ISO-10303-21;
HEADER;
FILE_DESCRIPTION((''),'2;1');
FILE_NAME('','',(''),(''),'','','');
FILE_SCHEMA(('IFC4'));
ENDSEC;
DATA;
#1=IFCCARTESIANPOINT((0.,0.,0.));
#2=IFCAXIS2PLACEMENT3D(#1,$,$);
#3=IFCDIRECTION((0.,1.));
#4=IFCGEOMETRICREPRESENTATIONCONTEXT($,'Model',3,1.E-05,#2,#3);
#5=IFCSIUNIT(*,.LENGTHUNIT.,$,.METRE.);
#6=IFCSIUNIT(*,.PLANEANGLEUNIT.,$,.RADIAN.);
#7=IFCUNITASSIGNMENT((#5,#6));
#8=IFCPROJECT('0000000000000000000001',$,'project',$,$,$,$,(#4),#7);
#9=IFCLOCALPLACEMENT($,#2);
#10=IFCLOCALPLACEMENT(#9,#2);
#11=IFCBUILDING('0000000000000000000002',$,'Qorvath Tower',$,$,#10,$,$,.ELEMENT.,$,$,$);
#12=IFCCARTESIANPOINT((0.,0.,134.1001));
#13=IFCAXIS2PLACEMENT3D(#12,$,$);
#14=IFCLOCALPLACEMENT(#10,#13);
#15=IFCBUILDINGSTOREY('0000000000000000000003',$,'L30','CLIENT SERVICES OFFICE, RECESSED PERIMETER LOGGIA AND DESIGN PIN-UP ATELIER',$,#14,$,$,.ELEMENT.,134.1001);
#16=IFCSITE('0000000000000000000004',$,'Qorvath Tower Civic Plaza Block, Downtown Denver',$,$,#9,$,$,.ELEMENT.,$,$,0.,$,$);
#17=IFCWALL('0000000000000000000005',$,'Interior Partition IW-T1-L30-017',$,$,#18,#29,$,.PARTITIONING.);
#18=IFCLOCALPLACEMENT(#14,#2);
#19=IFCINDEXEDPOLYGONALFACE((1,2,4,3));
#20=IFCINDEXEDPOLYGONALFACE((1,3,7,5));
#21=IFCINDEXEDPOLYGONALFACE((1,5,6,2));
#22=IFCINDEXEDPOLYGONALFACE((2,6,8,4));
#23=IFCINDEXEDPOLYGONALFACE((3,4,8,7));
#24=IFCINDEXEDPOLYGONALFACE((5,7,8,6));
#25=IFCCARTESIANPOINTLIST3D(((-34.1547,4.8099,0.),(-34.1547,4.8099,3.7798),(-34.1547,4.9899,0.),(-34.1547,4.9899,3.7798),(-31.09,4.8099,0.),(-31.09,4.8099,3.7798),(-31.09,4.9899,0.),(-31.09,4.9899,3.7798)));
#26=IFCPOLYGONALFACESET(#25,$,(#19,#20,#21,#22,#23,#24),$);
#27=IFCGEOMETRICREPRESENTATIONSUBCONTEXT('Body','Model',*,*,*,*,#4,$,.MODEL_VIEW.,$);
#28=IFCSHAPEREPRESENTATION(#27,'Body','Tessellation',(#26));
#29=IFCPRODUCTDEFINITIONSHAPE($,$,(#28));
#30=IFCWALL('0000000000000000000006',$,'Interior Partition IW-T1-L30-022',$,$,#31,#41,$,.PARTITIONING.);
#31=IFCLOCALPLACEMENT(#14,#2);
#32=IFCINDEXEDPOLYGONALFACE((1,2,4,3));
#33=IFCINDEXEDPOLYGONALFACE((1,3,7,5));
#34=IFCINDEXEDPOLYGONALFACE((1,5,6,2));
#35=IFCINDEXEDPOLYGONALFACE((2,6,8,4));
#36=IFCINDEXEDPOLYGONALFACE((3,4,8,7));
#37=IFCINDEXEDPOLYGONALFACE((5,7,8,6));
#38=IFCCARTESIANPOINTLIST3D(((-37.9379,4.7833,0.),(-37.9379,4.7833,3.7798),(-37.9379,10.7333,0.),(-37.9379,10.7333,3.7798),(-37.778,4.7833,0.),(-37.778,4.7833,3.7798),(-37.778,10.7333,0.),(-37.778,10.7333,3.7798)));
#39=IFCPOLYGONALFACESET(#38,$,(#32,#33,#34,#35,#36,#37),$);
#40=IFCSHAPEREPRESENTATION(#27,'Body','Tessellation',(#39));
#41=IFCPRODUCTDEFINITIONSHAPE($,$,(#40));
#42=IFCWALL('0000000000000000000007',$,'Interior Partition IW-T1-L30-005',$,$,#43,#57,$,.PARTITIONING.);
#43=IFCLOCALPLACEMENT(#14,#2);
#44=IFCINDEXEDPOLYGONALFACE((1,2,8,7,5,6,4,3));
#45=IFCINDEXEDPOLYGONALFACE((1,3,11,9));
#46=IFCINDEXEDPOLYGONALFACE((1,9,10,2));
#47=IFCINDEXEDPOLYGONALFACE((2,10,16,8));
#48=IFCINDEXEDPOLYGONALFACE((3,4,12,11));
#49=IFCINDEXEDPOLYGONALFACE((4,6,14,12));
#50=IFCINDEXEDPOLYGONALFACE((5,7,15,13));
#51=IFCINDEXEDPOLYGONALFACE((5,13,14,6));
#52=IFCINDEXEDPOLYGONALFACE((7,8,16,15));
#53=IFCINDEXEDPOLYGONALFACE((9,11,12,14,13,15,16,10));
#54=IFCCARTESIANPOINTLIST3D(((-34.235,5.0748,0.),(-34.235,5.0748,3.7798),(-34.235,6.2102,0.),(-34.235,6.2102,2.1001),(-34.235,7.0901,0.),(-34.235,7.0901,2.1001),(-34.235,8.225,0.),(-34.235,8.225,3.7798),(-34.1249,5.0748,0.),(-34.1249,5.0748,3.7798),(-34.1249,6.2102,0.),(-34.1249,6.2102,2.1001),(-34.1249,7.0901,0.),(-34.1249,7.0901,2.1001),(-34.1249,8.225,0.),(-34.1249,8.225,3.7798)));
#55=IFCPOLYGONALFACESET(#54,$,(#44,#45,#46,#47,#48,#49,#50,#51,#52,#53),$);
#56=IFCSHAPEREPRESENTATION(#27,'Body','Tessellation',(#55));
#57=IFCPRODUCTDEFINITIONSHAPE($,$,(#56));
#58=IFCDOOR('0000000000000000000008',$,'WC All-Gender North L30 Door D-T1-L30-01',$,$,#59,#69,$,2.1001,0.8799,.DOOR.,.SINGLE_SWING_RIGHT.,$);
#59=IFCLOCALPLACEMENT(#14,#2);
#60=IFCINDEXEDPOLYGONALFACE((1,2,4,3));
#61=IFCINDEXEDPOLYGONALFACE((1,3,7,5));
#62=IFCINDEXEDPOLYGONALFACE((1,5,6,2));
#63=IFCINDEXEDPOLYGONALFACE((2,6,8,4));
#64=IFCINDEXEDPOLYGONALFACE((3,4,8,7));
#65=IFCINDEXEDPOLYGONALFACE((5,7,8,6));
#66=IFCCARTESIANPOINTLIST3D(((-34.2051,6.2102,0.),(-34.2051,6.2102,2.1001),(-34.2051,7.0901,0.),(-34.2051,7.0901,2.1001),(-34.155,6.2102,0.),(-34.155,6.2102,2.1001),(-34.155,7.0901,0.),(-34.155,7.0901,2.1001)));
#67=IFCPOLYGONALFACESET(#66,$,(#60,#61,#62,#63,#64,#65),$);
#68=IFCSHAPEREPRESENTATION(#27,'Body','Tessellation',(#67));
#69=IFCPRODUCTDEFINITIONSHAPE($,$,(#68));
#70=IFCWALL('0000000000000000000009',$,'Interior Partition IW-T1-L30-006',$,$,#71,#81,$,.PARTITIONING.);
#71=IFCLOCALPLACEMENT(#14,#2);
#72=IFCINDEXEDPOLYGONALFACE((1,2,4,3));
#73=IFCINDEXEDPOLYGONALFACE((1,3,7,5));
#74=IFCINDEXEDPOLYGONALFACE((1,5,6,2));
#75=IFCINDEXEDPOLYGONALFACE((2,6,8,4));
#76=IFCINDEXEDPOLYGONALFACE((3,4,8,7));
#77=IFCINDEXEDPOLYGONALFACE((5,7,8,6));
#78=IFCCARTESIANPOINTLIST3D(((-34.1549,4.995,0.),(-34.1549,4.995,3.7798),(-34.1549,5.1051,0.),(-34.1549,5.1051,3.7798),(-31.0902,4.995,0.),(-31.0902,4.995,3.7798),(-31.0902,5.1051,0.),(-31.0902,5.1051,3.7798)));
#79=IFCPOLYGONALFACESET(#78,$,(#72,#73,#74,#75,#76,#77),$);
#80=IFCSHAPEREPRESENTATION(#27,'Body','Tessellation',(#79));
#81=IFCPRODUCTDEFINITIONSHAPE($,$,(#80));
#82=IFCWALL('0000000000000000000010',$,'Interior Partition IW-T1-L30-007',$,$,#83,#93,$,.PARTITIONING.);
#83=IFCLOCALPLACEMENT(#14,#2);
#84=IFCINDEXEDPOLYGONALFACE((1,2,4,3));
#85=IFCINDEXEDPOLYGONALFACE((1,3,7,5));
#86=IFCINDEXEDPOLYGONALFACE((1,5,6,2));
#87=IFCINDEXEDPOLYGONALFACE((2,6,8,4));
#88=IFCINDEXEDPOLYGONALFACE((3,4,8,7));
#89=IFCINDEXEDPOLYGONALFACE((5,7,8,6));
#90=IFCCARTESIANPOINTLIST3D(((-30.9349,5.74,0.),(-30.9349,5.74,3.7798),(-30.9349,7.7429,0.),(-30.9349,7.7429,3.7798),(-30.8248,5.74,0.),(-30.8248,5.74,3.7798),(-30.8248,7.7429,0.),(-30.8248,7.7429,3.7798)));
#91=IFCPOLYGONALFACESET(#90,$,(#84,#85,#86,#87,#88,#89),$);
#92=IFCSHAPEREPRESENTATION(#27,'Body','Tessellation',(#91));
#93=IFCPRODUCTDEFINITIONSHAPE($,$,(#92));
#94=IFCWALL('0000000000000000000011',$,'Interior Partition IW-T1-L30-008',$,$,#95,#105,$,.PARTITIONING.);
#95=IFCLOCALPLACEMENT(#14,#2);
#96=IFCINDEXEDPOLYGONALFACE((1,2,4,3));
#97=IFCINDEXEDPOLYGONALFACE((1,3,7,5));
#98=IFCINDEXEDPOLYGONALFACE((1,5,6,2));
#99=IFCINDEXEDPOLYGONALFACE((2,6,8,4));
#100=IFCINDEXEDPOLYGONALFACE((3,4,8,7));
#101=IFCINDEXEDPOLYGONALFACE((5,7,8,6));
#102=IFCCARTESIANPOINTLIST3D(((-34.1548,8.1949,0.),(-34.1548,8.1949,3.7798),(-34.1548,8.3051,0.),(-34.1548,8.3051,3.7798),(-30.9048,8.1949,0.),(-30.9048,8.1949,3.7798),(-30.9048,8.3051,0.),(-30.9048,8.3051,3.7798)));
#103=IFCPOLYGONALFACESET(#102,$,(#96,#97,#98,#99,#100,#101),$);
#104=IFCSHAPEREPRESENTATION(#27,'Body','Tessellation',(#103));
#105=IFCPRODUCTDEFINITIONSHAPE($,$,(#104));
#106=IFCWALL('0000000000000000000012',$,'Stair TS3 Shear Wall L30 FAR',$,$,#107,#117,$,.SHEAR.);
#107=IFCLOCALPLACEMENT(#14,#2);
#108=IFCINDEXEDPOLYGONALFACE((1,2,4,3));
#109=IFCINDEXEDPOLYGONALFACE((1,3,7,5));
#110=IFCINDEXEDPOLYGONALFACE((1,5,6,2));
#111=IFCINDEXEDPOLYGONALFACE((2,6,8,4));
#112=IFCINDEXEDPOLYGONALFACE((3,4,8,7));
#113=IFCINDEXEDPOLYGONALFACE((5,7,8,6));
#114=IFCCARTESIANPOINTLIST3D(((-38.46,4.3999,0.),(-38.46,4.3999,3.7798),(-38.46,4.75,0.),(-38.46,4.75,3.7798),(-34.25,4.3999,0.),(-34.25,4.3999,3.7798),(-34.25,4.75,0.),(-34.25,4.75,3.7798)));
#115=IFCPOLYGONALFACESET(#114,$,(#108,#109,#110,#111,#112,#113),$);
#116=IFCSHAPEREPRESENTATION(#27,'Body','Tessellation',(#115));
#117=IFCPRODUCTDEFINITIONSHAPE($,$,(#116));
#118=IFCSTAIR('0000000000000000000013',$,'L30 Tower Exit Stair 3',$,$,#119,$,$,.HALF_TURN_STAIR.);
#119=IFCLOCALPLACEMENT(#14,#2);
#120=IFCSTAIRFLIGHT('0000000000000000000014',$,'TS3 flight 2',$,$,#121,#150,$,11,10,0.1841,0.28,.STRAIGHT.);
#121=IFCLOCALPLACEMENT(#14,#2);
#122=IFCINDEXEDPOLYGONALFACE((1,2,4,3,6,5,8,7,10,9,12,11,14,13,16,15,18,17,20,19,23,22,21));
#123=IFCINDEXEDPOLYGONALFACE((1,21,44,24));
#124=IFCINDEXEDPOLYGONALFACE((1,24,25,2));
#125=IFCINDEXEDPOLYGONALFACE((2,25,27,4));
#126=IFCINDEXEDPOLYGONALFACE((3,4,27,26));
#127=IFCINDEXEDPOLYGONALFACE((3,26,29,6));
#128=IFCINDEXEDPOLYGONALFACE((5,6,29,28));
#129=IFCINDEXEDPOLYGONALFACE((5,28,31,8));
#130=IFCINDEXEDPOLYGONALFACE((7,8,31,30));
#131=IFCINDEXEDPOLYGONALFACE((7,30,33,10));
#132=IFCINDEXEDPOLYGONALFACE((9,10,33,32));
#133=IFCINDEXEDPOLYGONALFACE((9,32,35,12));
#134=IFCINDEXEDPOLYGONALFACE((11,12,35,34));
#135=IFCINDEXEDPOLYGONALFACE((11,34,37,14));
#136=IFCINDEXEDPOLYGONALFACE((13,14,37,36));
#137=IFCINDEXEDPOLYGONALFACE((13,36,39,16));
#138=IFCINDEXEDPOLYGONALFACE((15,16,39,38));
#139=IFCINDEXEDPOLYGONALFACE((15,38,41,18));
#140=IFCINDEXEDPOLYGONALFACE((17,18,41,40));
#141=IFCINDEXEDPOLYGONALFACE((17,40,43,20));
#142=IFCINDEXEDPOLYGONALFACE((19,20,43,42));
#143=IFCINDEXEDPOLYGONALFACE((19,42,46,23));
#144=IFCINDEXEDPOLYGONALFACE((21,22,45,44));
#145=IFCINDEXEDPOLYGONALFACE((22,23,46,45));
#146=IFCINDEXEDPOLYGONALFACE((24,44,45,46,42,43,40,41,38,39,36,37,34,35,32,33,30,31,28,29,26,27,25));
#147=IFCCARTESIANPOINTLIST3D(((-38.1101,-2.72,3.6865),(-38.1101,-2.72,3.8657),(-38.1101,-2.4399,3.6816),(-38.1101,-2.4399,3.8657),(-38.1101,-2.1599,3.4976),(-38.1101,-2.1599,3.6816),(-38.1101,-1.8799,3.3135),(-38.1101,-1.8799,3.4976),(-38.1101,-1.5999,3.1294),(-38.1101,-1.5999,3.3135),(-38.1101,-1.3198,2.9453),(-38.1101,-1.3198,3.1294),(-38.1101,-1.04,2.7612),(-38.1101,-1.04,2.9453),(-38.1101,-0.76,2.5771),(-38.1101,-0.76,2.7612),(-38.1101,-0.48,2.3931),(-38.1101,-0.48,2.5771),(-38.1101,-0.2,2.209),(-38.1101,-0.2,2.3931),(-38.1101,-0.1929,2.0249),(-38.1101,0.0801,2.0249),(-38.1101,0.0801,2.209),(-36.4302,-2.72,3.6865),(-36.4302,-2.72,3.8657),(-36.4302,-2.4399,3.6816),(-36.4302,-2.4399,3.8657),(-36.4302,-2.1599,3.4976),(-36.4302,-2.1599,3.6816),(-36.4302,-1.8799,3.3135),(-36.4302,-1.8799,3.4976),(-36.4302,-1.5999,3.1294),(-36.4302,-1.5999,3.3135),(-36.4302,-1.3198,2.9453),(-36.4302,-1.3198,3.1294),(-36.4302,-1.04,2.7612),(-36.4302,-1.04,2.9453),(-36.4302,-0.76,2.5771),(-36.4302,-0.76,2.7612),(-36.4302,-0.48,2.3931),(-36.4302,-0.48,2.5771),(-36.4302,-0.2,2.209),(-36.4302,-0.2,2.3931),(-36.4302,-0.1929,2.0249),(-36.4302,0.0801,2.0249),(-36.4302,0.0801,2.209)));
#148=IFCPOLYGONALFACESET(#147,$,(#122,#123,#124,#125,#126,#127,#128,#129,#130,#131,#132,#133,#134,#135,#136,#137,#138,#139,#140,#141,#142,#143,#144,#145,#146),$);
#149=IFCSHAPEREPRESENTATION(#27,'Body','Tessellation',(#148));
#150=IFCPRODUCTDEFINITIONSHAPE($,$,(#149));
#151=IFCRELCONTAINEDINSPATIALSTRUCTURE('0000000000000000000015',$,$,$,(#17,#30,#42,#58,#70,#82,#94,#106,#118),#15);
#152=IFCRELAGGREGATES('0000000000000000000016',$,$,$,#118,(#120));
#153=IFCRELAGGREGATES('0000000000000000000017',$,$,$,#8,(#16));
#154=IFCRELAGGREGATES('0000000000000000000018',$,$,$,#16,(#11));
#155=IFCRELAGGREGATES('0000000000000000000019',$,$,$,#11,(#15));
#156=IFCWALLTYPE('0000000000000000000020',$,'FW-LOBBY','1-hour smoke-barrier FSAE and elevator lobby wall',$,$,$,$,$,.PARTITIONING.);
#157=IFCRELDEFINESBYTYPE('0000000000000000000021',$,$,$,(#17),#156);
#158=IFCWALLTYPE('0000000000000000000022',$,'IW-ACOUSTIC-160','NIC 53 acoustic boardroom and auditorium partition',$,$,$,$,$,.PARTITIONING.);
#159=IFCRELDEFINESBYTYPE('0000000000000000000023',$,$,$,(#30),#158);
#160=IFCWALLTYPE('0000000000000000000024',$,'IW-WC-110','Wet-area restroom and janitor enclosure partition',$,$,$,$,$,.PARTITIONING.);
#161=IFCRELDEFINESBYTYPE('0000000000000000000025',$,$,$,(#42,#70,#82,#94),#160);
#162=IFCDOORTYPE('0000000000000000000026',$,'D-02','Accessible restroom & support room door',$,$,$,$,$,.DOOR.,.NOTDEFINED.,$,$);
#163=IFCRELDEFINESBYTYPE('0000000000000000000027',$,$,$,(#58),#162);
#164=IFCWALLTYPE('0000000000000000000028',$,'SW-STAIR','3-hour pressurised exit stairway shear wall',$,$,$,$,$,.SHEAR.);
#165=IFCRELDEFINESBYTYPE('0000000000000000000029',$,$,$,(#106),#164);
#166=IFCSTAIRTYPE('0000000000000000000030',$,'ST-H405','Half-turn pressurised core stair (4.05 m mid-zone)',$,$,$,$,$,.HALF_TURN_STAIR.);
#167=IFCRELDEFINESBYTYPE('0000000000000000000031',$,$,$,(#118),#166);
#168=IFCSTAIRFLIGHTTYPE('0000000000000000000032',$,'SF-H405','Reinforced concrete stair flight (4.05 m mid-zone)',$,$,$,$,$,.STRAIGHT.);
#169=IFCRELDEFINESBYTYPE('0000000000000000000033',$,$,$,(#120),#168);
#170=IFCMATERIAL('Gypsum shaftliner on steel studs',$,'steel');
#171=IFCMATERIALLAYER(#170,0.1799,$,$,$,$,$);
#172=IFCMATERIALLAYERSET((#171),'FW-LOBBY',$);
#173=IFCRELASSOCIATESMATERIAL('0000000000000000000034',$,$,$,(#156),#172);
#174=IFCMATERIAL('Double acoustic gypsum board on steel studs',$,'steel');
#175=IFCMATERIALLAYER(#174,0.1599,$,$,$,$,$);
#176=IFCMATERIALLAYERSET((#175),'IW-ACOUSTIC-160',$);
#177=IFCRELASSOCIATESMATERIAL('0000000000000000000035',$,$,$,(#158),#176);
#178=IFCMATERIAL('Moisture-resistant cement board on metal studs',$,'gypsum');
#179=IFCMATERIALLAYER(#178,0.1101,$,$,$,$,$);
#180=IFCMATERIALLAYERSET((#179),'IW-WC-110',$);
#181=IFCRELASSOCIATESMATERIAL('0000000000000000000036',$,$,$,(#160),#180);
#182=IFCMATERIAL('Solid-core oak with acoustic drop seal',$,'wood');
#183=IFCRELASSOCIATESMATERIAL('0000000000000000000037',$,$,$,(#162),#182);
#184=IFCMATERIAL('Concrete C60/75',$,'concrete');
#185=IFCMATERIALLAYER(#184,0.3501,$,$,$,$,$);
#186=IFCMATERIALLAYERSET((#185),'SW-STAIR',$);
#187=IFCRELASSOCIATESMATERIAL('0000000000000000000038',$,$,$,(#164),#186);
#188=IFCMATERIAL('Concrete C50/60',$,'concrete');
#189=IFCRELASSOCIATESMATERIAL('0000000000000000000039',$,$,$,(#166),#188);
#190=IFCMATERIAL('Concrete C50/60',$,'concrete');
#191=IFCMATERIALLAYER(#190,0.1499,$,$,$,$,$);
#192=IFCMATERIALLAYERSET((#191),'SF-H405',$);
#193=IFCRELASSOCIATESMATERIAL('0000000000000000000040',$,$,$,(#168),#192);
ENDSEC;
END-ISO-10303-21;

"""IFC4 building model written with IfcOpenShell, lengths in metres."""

from ifc_helpers import new_model, si_unit, direction, frame, frame_2d, origin, place, context, subcontext, project, spatial, polyline, rectangle, outline, extrude, material, layer, layer_set, type_object, element, fill, aggregate, save


model = new_model("IFC4")

# Units and contexts
model_context = context("Model", 3, precision=1e-05, world=origin(), true_north=direction((0.0, 1.0)))
body_context = subcontext(model_context, "Body", "Model", "MODEL_VIEW")
ifc_project = project(units=[si_unit("LENGTHUNIT", "METRE"), si_unit("PLANEANGLEUNIT", "RADIAN")], contexts=[model_context])

# Site, building, storey
site_placement = place(None, origin())
site = spatial("IfcSite", under=ifc_project, at=site_placement, Name="Qorvath Tower Civic Plaza Block, Downtown Denver", CompositionType="ELEMENT", RefElevation=0.0)
building_placement = place(site_placement, origin())
building = spatial("IfcBuilding", under=site, at=building_placement, Name="Qorvath Tower", CompositionType="ELEMENT")
storey_placement = place(building_placement, frame((0.0, 0.0, 134.1001)))
storey = spatial("IfcBuildingStorey", under=building, at=storey_placement, Name="L30", Description="CLIENT SERVICES OFFICE, RECESSED PERIMETER LOGGIA AND DESIGN PIN-UP ATELIER", CompositionType="ELEMENT", Elevation=134.1001)

# Shared definitions
ifc_material_1 = material(Name="Gypsum shaftliner on steel studs", Category="steel")
ifc_layer_1 = layer(ifc_material_1, 0.1799)
ifc_layer_set_1 = layer_set([ifc_layer_1], Name="FW-LOBBY")
wall_type_1 = type_object("IfcWallType", Name="FW-LOBBY", Description="1-hour smoke-barrier FSAE and elevator lobby wall", PredefinedType="PARTITIONING", material=ifc_layer_set_1)

# Walls
wall_1_placement = place(storey_placement, frame((-31.0901, 4.8999, 0.0), z_axis=(0.0, 0.0, 1.0), x_axis=(-1.0, 0.0, 0.0)))
element("IfcWall", 1, at=wall_1_placement, inside=storey, type_object=wall_type_1, Name="Interior Partition IW-T1-L30-017", PredefinedType="PARTITIONING", context=body_context, shape_type="SweptSolid", body=[
    extrude(rectangle(XDim=3.0647, YDim=0.1799, at=frame_2d((1.5322, 0.0))), origin(), (0.0, 0.0, 1.0), 3.7798),
])
ifc_material_2 = material(Name="Double acoustic gypsum board on steel studs", Category="steel")
ifc_layer_2 = layer(ifc_material_2, 0.1599)
ifc_layer_set_2 = layer_set([ifc_layer_2], Name="IW-ACOUSTIC-160")
wall_type_2 = type_object("IfcWallType", Name="IW-ACOUSTIC-160", Description="NIC 53 acoustic boardroom and auditorium partition", PredefinedType="PARTITIONING", material=ifc_layer_set_2)
wall_2_placement = place(storey_placement, frame((-37.8579, 4.7832, 0.0), z_axis=(0.0, 0.0, 1.0), x_axis=(0.0, 1.0, 0.0)))
element("IfcWall", 2, at=wall_2_placement, inside=storey, type_object=wall_type_2, Name="Interior Partition IW-T1-L30-022", PredefinedType="PARTITIONING", context=body_context, shape_type="SweptSolid", body=[
    extrude(rectangle(XDim=5.95, YDim=0.1599, at=frame_2d((2.9751, 0.0))), origin(), (0.0, 0.0, 1.0), 3.7798),
])

# Wall, opening, door
ifc_material_3 = material(Name="Moisture-resistant cement board on metal studs", Category="gypsum")
ifc_layer_3 = layer(ifc_material_3, 0.1101)
ifc_layer_set_3 = layer_set([ifc_layer_3], Name="IW-WC-110")
wall_type_3 = type_object("IfcWallType", Name="IW-WC-110", Description="Wet-area restroom and janitor enclosure partition", PredefinedType="PARTITIONING", material=ifc_layer_set_3)
wall_3_placement = place(storey_placement, frame((-34.1799, 8.2251, 0.0), z_axis=(0.0, 0.0, 1.0), x_axis=(0.0, -1.0, 0.0)))
wall_3 = element("IfcWall", 3, at=wall_3_placement, inside=storey, type_object=wall_type_3, Name="Interior Partition IW-T1-L30-005", PredefinedType="PARTITIONING", context=body_context, shape_type="SweptSolid", body=[
    extrude(rectangle(XDim=3.1501, YDim=0.1101, at=frame_2d((1.5752, 0.0))), origin(), (0.0, 0.0, 1.0), 3.7798),
])
opening_1_placement = place(wall_3_placement, frame((1.135, 0.0, 0.0)))
opening_1 = element("IfcOpeningElement", 4, at=opening_1_placement, cuts=wall_3, PredefinedType="OPENING", context=body_context, shape_type="SweptSolid", body=[
    extrude(rectangle(XDim=0.8799, YDim=2.1001, at=frame_2d((0.4399, 1.05))), frame((0.0, 0.0649, 0.0), z_axis=(0.0, -1.0, 0.0), x_axis=(1.0, 0.0, 0.0)), (0.0, 0.0, 1.0), 0.1301),
])
ifc_material_4 = material(Name="Solid-core oak with acoustic drop seal", Category="wood")
door_type_1 = type_object("IfcDoorType", Name="D-02", Description="Accessible restroom & support room door", OperationType="NOTDEFINED", PredefinedType="DOOR", material=ifc_material_4)
door_1_placement = place(opening_1_placement, origin())
door_1 = element("IfcDoor", 5, at=door_1_placement, inside=storey, type_object=door_type_1, Name="WC All-Gender North L30 Door D-T1-L30-01", OperationType="SINGLE_SWING_RIGHT", OverallHeight=2.1001, OverallWidth=0.8799, PredefinedType="DOOR", context=body_context, shape_type="SweptSolid", body=[
    extrude(rectangle(XDim=0.8799, YDim=2.1001, at=frame_2d((0.4399, 1.05))), frame((0.0, 0.0249, 0.0), z_axis=(0.0, -1.0, 0.0), x_axis=(1.0, 0.0, 0.0)), (0.0, 0.0, 1.0), 0.05),
])
fill(opening_1, door_1)

# Walls
wall_4_placement = place(storey_placement, frame((-34.1548, 5.05, 0.0), z_axis=(0.0, 0.0, 1.0), x_axis=(1.0, 0.0, 0.0)))
element("IfcWall", 6, at=wall_4_placement, inside=storey, type_object=wall_type_3, Name="Interior Partition IW-T1-L30-006", PredefinedType="PARTITIONING", context=body_context, shape_type="SweptSolid", body=[
    extrude(rectangle(XDim=3.0647, YDim=0.1101, at=frame_2d((1.5322, 0.0))), origin(), (0.0, 0.0, 1.0), 3.7798),
])
wall_5_placement = place(storey_placement, frame((-30.8799, 5.74, 0.0), z_axis=(0.0, 0.0, 1.0), x_axis=(0.0, 1.0, 0.0)))
element("IfcWall", 7, at=wall_5_placement, inside=storey, type_object=wall_type_3, Name="Interior Partition IW-T1-L30-007", PredefinedType="PARTITIONING", context=body_context, shape_type="SweptSolid", body=[
    extrude(rectangle(XDim=2.0029, YDim=0.1101, at=frame_2d((1.0015, 0.0))), origin(), (0.0, 0.0, 1.0), 3.7798),
])
wall_6_placement = place(storey_placement, frame((-30.9048, 8.25, 0.0), z_axis=(0.0, 0.0, 1.0), x_axis=(-1.0, 0.0, 0.0)))
element("IfcWall", 8, at=wall_6_placement, inside=storey, type_object=wall_type_3, Name="Interior Partition IW-T1-L30-008", PredefinedType="PARTITIONING", context=body_context, shape_type="SweptSolid", body=[
    extrude(rectangle(XDim=3.25, YDim=0.1101, at=frame_2d((1.625, 0.0))), origin(), (0.0, 0.0, 1.0), 3.7798),
])
ifc_material_5 = material(Name="Concrete C60/75", Category="concrete")
ifc_layer_4 = layer(ifc_material_5, 0.3501)
ifc_layer_set_4 = layer_set([ifc_layer_4], Name="SW-STAIR")
wall_type_4 = type_object("IfcWallType", Name="SW-STAIR", Description="3-hour pressurised exit stairway shear wall", PredefinedType="SHEAR", material=ifc_layer_set_4)
wall_7_placement = place(storey_placement, frame((-34.25, 4.575, 0.0), z_axis=(0.0, 0.0, 1.0), x_axis=(-1.0, 0.0, 0.0)))
element("IfcWall", 9, at=wall_7_placement, inside=storey, type_object=wall_type_4, Name="Stair TS3 Shear Wall L30 FAR", PredefinedType="SHEAR", context=body_context, shape_type="SweptSolid", body=[
    extrude(rectangle(XDim=4.21, YDim=0.3501, at=frame_2d((2.105, 0.0))), origin(), (0.0, 0.0, 1.0), 3.7798),
])

# Stair, stair flight
ifc_material_6 = material(Name="Concrete C50/60", Category="concrete")
stair_type = type_object("IfcStairType", Name="ST-H405", Description="Half-turn pressurised core stair (4.05 m mid-zone)", PredefinedType="HALF_TURN_STAIR", material=ifc_material_6)
stair_placement = place(storey_placement, origin())
stair = element("IfcStair", 10, at=stair_placement, inside=storey, type_object=stair_type, Name="L30 Tower Exit Stair 3", PredefinedType="HALF_TURN_STAIR")
ifc_material_7 = material(Name="Concrete C50/60", Category="concrete")
ifc_layer_5 = layer(ifc_material_7, 0.1499)
ifc_layer_set_5 = layer_set([ifc_layer_5], Name="SF-H405")
stair_flight_type = type_object("IfcStairFlightType", Name="SF-H405", Description="Reinforced concrete stair flight (4.05 m mid-zone)", PredefinedType="STRAIGHT", material=ifc_layer_set_5)
stair_flight_placement = place(storey_placement, frame((-37.27, 0.0801, 2.0249), z_axis=(0.0, 0.0, 1.0), x_axis=(0.0, -1.0, 0.0)))
stair_flight = element("IfcStairFlight", 11, at=stair_flight_placement, type_object=stair_flight_type, Name="TS3 flight 2", NumberOfRisers=11, NumberOfTreads=10, PredefinedType="STRAIGHT", RiserHeight=0.1841, TreadLength=0.28, context=body_context, shape_type="SweptSolid", body=[
    extrude(outline(polyline([(0.0, 0.0), (0.0, 0.1841), (0.28, 0.1841), (0.28, 0.3682), (0.5601, 0.3682), (0.5601, 0.5522), (0.8401, 0.5522), (0.8401, 0.7363), (1.1201, 0.7363), (1.1201, 0.9204), (1.3999, 0.9204), (1.3999, 1.1045), (1.6799, 1.1045), (1.6799, 1.2886), (1.96, 1.2886), (1.96, 1.4727), (2.24, 1.4727), (2.24, 1.6567), (2.52, 1.6567), (2.52, 1.8408), (2.8, 1.8408), (2.8, 2.0249), (2.8, 1.6616), (0.2729, 0.0), (0.0, 0.0)])), frame((0.0, 0.8398, 0.0), z_axis=(0.0, -1.0, 0.0), x_axis=(1.0, 0.0, 0.0)), (0.0, 0.0, 1.0), 1.6799),
])
aggregate(stair, [stair_flight])

save(model, "model.ifc")
